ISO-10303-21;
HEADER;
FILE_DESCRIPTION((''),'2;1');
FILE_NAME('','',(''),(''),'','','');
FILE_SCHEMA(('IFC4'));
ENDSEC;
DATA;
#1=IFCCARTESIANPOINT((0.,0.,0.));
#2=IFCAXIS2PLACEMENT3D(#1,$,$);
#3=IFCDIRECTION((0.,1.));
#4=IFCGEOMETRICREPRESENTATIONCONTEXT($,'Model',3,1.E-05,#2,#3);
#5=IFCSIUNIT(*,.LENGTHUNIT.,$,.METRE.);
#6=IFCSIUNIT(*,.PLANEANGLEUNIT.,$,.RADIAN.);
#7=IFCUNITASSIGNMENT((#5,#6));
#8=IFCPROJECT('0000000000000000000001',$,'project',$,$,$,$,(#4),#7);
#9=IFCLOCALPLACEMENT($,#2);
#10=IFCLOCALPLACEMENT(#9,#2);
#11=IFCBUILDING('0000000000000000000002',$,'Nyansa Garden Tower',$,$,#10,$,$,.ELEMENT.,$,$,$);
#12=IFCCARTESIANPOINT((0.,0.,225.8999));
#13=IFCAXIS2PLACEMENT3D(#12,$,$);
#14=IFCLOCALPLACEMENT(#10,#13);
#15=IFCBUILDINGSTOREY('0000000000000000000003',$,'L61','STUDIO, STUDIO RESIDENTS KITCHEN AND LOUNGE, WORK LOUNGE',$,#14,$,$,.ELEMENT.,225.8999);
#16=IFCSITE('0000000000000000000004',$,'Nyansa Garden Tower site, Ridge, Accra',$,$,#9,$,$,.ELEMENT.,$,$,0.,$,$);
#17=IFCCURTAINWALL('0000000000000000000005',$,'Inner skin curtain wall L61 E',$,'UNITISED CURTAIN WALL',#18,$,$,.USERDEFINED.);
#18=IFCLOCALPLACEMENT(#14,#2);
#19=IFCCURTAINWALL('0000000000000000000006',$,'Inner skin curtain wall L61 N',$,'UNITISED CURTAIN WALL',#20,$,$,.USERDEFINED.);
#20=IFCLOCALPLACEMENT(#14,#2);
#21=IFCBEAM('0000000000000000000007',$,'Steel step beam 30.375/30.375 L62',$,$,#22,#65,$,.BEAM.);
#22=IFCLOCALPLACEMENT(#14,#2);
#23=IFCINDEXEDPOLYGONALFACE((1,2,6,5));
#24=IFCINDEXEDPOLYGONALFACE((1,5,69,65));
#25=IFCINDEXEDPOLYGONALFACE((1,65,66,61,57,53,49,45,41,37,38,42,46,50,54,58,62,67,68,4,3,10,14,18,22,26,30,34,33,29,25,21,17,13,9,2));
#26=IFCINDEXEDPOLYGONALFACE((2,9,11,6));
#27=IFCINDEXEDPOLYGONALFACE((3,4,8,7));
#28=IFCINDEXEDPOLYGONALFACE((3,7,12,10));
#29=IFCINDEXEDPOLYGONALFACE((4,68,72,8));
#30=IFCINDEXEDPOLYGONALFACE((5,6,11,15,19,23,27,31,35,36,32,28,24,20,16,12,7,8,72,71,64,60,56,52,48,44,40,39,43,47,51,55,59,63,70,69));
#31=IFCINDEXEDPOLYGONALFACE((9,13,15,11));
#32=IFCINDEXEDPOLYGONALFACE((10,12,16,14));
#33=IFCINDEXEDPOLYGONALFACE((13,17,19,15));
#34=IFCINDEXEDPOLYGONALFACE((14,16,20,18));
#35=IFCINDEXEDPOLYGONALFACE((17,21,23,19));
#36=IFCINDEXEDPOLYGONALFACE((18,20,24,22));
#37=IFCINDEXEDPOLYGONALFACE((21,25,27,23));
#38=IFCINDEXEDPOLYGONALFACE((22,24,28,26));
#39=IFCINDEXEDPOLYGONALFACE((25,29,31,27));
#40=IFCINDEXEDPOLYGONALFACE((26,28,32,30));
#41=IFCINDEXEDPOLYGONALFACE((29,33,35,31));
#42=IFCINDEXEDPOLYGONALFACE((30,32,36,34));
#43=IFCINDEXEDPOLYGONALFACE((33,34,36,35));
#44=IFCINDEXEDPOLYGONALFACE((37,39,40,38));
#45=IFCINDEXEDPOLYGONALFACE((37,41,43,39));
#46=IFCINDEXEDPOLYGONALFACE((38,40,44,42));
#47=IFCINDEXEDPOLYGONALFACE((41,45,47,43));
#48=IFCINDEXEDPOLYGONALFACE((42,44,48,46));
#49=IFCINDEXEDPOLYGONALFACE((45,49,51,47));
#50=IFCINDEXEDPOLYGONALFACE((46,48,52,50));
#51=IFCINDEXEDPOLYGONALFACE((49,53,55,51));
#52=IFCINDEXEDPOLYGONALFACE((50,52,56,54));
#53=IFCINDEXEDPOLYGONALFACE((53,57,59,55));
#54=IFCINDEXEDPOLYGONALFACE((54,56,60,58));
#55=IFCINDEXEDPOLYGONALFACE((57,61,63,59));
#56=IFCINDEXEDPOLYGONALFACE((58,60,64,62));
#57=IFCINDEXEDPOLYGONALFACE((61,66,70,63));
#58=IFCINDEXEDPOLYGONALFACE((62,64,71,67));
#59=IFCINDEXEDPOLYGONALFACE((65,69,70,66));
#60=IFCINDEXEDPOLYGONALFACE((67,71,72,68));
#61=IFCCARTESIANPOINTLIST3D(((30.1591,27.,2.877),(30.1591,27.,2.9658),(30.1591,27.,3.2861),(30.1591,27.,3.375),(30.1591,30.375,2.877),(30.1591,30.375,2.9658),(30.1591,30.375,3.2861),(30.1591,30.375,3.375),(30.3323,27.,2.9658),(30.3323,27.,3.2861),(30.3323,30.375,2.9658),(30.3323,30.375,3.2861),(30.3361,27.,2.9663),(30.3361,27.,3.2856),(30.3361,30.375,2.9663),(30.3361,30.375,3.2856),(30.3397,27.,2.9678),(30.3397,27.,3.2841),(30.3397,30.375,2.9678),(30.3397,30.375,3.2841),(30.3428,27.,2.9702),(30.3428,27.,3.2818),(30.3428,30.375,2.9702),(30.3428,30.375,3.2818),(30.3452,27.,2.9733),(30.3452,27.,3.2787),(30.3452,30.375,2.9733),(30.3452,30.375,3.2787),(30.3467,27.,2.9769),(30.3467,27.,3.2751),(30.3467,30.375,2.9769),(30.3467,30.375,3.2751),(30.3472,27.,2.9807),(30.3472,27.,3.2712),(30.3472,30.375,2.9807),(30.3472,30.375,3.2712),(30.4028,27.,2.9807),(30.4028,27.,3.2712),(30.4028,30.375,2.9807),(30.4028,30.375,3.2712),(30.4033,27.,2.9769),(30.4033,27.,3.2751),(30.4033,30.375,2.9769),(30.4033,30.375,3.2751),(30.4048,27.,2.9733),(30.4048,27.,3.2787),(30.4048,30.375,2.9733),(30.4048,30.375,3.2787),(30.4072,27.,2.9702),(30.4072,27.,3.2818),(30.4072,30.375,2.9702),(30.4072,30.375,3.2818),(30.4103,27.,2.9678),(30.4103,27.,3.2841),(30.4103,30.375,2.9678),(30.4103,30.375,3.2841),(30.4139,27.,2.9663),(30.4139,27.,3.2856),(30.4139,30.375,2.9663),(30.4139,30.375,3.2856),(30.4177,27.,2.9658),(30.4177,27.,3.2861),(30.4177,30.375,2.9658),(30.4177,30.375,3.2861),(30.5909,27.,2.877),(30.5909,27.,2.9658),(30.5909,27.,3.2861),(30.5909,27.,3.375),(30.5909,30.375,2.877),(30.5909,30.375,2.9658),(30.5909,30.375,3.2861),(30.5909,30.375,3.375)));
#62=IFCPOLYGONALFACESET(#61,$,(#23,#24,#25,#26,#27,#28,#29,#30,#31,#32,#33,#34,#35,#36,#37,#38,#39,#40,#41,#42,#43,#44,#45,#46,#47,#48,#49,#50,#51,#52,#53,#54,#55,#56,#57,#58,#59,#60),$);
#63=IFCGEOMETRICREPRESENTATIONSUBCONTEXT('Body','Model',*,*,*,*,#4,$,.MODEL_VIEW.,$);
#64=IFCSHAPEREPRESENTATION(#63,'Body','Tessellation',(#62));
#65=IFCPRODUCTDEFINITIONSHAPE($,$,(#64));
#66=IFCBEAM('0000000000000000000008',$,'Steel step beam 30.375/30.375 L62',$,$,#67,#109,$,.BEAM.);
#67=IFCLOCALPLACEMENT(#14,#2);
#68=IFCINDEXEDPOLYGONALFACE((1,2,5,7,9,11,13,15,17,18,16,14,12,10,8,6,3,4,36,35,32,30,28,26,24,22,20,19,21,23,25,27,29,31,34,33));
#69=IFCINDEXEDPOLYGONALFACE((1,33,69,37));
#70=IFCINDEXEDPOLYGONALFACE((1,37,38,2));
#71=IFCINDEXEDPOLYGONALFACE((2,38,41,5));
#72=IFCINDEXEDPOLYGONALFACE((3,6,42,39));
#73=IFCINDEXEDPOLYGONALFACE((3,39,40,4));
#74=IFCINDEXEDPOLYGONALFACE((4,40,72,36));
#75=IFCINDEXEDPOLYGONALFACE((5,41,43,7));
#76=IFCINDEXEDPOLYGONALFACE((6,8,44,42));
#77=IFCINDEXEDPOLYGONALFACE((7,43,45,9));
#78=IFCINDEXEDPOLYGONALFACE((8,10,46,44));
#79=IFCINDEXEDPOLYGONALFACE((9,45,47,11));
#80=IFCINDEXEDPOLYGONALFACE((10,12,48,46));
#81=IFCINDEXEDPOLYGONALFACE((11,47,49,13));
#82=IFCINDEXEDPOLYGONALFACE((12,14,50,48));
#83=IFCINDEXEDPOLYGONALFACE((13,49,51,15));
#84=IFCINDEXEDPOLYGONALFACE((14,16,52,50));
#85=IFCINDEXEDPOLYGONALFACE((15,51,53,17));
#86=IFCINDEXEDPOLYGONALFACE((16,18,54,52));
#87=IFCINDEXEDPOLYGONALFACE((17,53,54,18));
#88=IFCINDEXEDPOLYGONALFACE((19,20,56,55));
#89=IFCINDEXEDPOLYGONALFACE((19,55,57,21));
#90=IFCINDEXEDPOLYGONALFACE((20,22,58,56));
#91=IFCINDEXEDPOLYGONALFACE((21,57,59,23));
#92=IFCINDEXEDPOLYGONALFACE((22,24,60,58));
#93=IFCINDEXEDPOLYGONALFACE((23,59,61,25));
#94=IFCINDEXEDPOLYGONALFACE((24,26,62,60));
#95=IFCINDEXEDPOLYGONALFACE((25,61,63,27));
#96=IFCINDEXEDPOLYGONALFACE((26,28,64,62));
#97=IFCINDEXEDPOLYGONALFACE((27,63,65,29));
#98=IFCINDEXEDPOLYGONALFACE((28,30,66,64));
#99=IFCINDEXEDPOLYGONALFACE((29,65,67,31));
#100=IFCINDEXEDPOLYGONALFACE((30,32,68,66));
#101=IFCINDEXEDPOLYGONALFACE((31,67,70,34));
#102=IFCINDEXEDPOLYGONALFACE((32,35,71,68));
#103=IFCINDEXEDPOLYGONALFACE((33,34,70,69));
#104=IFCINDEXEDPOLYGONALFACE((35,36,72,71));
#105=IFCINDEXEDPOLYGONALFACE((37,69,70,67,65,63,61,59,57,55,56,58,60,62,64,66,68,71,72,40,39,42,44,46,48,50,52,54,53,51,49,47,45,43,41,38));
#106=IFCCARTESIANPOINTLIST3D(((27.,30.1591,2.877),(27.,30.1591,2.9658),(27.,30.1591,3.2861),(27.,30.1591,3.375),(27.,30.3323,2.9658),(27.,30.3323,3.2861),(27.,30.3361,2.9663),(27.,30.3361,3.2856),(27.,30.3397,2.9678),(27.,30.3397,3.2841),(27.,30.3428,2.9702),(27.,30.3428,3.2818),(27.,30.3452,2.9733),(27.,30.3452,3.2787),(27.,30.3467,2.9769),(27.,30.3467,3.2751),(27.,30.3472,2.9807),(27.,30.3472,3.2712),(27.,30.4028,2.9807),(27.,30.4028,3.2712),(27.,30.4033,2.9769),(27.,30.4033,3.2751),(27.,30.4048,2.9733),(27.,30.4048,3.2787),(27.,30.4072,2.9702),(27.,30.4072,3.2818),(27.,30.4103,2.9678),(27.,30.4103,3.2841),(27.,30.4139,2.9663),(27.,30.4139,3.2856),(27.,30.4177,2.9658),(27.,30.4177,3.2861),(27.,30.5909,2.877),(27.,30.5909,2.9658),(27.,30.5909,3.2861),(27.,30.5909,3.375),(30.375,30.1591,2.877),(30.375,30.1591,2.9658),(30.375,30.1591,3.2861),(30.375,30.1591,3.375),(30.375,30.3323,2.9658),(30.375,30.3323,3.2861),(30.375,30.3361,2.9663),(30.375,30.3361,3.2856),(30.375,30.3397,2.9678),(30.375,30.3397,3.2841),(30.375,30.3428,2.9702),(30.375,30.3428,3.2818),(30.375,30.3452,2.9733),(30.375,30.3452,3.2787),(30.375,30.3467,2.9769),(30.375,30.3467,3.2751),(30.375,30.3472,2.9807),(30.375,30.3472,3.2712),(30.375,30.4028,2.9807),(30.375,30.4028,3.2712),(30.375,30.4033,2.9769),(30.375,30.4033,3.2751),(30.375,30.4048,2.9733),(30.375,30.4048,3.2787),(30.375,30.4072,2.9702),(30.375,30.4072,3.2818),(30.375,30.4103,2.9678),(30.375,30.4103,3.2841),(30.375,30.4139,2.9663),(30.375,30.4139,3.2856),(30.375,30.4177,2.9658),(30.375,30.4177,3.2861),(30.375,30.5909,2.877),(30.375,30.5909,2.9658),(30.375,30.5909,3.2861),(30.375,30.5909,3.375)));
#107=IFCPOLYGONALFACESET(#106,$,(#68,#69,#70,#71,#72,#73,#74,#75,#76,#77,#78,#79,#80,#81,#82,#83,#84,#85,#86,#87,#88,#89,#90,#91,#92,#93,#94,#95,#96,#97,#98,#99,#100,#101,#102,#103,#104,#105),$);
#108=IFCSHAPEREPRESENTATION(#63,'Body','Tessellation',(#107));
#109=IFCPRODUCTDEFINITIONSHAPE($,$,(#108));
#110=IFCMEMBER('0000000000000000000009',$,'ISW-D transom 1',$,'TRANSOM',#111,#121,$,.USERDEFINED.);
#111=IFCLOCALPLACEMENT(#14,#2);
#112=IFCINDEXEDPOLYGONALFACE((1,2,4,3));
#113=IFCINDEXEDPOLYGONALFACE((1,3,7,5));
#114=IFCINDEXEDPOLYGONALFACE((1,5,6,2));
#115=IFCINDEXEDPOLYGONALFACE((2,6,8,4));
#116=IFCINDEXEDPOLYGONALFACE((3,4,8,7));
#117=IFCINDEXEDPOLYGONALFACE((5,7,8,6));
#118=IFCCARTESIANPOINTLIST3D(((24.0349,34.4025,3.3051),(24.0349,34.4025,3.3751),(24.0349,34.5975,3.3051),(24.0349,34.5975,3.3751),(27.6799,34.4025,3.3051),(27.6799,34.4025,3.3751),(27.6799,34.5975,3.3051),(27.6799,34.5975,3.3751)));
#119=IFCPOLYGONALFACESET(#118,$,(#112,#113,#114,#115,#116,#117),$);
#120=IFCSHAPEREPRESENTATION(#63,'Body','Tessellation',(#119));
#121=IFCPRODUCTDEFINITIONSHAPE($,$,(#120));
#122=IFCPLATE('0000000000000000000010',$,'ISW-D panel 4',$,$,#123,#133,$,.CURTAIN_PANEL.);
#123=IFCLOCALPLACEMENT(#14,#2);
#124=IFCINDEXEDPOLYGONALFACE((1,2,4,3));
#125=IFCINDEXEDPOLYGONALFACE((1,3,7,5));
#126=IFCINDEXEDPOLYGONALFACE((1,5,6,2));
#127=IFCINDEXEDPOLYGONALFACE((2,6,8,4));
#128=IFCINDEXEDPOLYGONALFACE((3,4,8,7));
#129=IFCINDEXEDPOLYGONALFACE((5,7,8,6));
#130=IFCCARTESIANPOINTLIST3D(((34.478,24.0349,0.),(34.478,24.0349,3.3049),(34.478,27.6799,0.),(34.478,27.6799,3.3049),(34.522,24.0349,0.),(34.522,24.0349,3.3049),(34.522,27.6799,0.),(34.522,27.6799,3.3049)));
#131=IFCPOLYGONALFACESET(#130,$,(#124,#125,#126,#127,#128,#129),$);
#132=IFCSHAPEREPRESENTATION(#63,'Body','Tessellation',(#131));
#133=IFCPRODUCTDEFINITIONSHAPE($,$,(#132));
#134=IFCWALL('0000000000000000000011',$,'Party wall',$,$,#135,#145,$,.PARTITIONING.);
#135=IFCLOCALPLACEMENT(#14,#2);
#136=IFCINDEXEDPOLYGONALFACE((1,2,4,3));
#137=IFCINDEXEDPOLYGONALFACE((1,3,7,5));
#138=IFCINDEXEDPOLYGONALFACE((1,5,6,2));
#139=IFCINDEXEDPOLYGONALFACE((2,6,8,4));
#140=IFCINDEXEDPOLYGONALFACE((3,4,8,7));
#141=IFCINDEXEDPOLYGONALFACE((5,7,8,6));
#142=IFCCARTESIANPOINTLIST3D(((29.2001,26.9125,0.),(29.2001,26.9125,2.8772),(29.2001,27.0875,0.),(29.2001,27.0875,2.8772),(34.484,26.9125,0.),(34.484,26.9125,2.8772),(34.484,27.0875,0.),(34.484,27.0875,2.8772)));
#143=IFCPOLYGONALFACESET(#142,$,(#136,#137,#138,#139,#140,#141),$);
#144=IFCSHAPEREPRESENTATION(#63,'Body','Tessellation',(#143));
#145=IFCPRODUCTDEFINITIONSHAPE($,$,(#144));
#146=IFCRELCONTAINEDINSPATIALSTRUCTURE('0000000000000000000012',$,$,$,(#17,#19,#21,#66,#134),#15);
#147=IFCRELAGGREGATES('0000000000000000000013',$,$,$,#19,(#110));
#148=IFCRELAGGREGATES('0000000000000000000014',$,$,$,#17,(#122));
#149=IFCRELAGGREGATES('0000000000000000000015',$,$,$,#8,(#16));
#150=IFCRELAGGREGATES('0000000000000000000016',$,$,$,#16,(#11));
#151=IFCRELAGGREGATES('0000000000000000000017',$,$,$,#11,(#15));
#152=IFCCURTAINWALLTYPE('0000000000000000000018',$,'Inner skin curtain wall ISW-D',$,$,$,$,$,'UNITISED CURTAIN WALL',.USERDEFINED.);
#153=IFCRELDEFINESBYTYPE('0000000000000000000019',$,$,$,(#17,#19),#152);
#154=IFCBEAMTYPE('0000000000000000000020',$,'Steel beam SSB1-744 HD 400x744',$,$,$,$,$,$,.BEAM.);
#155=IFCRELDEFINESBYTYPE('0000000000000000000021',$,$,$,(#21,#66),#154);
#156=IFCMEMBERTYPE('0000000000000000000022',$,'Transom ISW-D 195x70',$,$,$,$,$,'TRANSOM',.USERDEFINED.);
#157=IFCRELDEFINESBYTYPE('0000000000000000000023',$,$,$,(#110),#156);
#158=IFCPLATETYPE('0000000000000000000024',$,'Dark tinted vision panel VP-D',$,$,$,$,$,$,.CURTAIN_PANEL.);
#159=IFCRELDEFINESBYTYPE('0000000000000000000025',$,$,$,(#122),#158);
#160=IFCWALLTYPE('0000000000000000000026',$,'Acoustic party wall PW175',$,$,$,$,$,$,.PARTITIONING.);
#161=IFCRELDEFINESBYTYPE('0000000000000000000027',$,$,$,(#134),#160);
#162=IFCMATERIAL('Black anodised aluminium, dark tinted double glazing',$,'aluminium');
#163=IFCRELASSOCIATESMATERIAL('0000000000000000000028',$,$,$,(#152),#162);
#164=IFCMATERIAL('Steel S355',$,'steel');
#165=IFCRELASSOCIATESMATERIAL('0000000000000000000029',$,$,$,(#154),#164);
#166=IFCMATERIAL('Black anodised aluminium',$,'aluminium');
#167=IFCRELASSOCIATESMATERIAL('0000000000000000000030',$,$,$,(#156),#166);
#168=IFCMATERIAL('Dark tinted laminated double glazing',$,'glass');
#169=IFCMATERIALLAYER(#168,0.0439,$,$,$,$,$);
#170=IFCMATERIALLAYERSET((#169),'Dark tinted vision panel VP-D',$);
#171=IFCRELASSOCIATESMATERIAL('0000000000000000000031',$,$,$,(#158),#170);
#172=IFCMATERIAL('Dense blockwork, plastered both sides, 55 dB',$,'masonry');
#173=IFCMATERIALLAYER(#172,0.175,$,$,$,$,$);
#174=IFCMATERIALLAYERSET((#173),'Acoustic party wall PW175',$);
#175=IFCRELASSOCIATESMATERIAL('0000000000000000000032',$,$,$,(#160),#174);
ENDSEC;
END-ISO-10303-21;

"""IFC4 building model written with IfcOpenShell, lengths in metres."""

from ifc_helpers import new_model, si_unit, direction, frame, frame_2d, origin, origin_2d, place, context, subcontext, project, spatial, rectangle, i_section, extrude, material, layer, layer_set, material_profile, profile_set, type_object, element, aggregate, save


model = new_model("IFC4")

# Units and contexts
model_context = context("Model", 3, precision=1e-05, world=origin(), true_north=direction((0.0, 1.0)))
body_context = subcontext(model_context, "Body", "Model", "MODEL_VIEW")
ifc_project = project(units=[si_unit("LENGTHUNIT", "METRE"), si_unit("PLANEANGLEUNIT", "RADIAN")], contexts=[model_context])

# Site, building, storey
site_placement = place(None, origin())
site = spatial("IfcSite", under=ifc_project, at=site_placement, Name="Nyansa Garden Tower site, Ridge, Accra", CompositionType="ELEMENT", RefElevation=0.0)
building_placement = place(site_placement, origin())
building = spatial("IfcBuilding", under=site, at=building_placement, Name="Nyansa Garden Tower", CompositionType="ELEMENT")
storey_placement = place(building_placement, frame((0.0, 0.0, 225.8999)))
storey = spatial("IfcBuildingStorey", under=building, at=storey_placement, Name="L61", Description="STUDIO, STUDIO RESIDENTS KITCHEN AND LOUNGE, WORK LOUNGE", CompositionType="ELEMENT", Elevation=225.8999)

# Curtain walls
ifc_material_1 = material(Name="Black anodised aluminium, dark tinted double glazing", Category="aluminium")
curtain_wall_type = type_object("IfcCurtainWallType", Name="Inner skin curtain wall ISW-D", ElementType="UNITISED CURTAIN WALL", PredefinedType="USERDEFINED", material=ifc_material_1)
curtain_wall_1_placement = place(storey_placement, origin())
curtain_wall_1 = element("IfcCurtainWall", 1, at=curtain_wall_1_placement, inside=storey, type_object=curtain_wall_type, Name="Inner skin curtain wall L61 E", ObjectType="UNITISED CURTAIN WALL", PredefinedType="USERDEFINED")
curtain_wall_2_placement = place(storey_placement, origin())
curtain_wall_2 = element("IfcCurtainWall", 2, at=curtain_wall_2_placement, inside=storey, type_object=curtain_wall_type, Name="Inner skin curtain wall L61 N", ObjectType="UNITISED CURTAIN WALL", PredefinedType="USERDEFINED")

# Beams
ifc_material_2 = material(Name="Steel S355", Category="steel")
ifc_material_profile_1 = material_profile(ifc_material_2, i_section(OverallWidth=0.4319, OverallDepth=0.498, WebThickness=0.0557, FlangeThickness=0.0889, FilletRadius=0.0149, at=origin_2d()), Name="HD 400x744")
ifc_profile_set_1 = profile_set([ifc_material_profile_1], Name="Steel S355")
beam_type_1 = type_object("IfcBeamType", Name="Steel beam SSB1-744 HD 400x744", PredefinedType="BEAM", material=ifc_profile_set_1)
for number, where, z_axis, x_axis, name in (
    (3, (30.375, 30.375, 3.126), (0.0, -1.0, 0.0), (1.0, 0.0, 0.0), "Steel step beam 30.375/30.375 L62"),
    (4, (30.375, 30.375, 3.126), (-1.0, 0.0, 0.0), (0.0, -1.0, 0.0), "Steel step beam 30.375/30.375 L62"),
):
    element("IfcBeam", number, at=place(storey_placement, frame(where, z_axis=z_axis, x_axis=x_axis)), inside=storey, type_object=beam_type_1, Name=name, PredefinedType="BEAM", context=body_context, shape_type="SweptSolid", body=[
        extrude(i_section(OverallWidth=0.4319, OverallDepth=0.498, WebThickness=0.0557, FlangeThickness=0.0889, FilletRadius=0.0149, at=origin_2d()), origin(), (0.0, 0.0, 1.0), 3.375),
    ])

# Member
ifc_material_3 = material(Name="Black anodised aluminium", Category="aluminium")
ifc_material_profile_2 = material_profile(ifc_material_3, rectangle(XDim=0.1951, YDim=0.0701, at=origin_2d()), Name="Transom 195x70")
ifc_profile_set_2 = profile_set([ifc_material_profile_2], Name="Black anodised aluminium")
member_type_1 = type_object("IfcMemberType", Name="Transom ISW-D 195x70", ElementType="TRANSOM", PredefinedType="USERDEFINED", material=ifc_profile_set_2)
member_1_placement = place(storey_placement, frame((27.6799, 34.5, 3.3401), z_axis=(-1.0, 0.0, 0.0), x_axis=(0.0, -1.0, 0.0)))
member_1 = element("IfcMember", 5, at=member_1_placement, type_object=member_type_1, Name="ISW-D transom 1", ObjectType="TRANSOM", PredefinedType="USERDEFINED", context=body_context, shape_type="SweptSolid", body=[
    extrude(rectangle(XDim=0.1951, YDim=0.0701, at=origin_2d()), origin(), (0.0, 0.0, 1.0), 3.645),
])
aggregate(curtain_wall_2, [member_1])

# Plate
ifc_material_4 = material(Name="Dark tinted laminated double glazing", Category="glass")
ifc_layer_1 = layer(ifc_material_4, 0.0439)
ifc_layer_set_1 = layer_set([ifc_layer_1], Name="Dark tinted vision panel VP-D")
plate_type = type_object("IfcPlateType", Name="Dark tinted vision panel VP-D", PredefinedType="CURTAIN_PANEL", material=ifc_layer_set_1)
plate_placement = place(storey_placement, frame((34.5, 25.8574, 0.0), z_axis=(0.0, 0.0, 1.0), x_axis=(0.0, 1.0, 0.0)))
plate = element("IfcPlate", 6, at=plate_placement, type_object=plate_type, Name="ISW-D panel 4", PredefinedType="CURTAIN_PANEL", context=body_context, shape_type="SweptSolid", body=[
    extrude(rectangle(XDim=3.645, YDim=0.0439, at=origin_2d()), origin(), (0.0, 0.0, 1.0), 3.3049),
])
aggregate(curtain_wall_1, [plate])

# Wall
ifc_material_5 = material(Name="Dense blockwork, plastered both sides, 55 dB", Category="masonry")
ifc_layer_2 = layer(ifc_material_5, 0.175)
ifc_layer_set_2 = layer_set([ifc_layer_2], Name="Acoustic party wall PW175")
wall_type_1 = type_object("IfcWallType", Name="Acoustic party wall PW175", PredefinedType="PARTITIONING", material=ifc_layer_set_2)
wall_1_placement = place(storey_placement, frame((29.2, 27.0, 0.0), z_axis=(0.0, 0.0, 1.0), x_axis=(1.0, 0.0, 0.0)))
element("IfcWall", 7, at=wall_1_placement, inside=storey, type_object=wall_type_1, Name="Party wall", PredefinedType="PARTITIONING", context=body_context, shape_type="SweptSolid", body=[
    extrude(rectangle(XDim=5.2839, YDim=0.175, at=frame_2d((2.6421, 0.0))), origin(), (0.0, 0.0, 1.0), 2.8772),
])

save(model, "model.ifc")
